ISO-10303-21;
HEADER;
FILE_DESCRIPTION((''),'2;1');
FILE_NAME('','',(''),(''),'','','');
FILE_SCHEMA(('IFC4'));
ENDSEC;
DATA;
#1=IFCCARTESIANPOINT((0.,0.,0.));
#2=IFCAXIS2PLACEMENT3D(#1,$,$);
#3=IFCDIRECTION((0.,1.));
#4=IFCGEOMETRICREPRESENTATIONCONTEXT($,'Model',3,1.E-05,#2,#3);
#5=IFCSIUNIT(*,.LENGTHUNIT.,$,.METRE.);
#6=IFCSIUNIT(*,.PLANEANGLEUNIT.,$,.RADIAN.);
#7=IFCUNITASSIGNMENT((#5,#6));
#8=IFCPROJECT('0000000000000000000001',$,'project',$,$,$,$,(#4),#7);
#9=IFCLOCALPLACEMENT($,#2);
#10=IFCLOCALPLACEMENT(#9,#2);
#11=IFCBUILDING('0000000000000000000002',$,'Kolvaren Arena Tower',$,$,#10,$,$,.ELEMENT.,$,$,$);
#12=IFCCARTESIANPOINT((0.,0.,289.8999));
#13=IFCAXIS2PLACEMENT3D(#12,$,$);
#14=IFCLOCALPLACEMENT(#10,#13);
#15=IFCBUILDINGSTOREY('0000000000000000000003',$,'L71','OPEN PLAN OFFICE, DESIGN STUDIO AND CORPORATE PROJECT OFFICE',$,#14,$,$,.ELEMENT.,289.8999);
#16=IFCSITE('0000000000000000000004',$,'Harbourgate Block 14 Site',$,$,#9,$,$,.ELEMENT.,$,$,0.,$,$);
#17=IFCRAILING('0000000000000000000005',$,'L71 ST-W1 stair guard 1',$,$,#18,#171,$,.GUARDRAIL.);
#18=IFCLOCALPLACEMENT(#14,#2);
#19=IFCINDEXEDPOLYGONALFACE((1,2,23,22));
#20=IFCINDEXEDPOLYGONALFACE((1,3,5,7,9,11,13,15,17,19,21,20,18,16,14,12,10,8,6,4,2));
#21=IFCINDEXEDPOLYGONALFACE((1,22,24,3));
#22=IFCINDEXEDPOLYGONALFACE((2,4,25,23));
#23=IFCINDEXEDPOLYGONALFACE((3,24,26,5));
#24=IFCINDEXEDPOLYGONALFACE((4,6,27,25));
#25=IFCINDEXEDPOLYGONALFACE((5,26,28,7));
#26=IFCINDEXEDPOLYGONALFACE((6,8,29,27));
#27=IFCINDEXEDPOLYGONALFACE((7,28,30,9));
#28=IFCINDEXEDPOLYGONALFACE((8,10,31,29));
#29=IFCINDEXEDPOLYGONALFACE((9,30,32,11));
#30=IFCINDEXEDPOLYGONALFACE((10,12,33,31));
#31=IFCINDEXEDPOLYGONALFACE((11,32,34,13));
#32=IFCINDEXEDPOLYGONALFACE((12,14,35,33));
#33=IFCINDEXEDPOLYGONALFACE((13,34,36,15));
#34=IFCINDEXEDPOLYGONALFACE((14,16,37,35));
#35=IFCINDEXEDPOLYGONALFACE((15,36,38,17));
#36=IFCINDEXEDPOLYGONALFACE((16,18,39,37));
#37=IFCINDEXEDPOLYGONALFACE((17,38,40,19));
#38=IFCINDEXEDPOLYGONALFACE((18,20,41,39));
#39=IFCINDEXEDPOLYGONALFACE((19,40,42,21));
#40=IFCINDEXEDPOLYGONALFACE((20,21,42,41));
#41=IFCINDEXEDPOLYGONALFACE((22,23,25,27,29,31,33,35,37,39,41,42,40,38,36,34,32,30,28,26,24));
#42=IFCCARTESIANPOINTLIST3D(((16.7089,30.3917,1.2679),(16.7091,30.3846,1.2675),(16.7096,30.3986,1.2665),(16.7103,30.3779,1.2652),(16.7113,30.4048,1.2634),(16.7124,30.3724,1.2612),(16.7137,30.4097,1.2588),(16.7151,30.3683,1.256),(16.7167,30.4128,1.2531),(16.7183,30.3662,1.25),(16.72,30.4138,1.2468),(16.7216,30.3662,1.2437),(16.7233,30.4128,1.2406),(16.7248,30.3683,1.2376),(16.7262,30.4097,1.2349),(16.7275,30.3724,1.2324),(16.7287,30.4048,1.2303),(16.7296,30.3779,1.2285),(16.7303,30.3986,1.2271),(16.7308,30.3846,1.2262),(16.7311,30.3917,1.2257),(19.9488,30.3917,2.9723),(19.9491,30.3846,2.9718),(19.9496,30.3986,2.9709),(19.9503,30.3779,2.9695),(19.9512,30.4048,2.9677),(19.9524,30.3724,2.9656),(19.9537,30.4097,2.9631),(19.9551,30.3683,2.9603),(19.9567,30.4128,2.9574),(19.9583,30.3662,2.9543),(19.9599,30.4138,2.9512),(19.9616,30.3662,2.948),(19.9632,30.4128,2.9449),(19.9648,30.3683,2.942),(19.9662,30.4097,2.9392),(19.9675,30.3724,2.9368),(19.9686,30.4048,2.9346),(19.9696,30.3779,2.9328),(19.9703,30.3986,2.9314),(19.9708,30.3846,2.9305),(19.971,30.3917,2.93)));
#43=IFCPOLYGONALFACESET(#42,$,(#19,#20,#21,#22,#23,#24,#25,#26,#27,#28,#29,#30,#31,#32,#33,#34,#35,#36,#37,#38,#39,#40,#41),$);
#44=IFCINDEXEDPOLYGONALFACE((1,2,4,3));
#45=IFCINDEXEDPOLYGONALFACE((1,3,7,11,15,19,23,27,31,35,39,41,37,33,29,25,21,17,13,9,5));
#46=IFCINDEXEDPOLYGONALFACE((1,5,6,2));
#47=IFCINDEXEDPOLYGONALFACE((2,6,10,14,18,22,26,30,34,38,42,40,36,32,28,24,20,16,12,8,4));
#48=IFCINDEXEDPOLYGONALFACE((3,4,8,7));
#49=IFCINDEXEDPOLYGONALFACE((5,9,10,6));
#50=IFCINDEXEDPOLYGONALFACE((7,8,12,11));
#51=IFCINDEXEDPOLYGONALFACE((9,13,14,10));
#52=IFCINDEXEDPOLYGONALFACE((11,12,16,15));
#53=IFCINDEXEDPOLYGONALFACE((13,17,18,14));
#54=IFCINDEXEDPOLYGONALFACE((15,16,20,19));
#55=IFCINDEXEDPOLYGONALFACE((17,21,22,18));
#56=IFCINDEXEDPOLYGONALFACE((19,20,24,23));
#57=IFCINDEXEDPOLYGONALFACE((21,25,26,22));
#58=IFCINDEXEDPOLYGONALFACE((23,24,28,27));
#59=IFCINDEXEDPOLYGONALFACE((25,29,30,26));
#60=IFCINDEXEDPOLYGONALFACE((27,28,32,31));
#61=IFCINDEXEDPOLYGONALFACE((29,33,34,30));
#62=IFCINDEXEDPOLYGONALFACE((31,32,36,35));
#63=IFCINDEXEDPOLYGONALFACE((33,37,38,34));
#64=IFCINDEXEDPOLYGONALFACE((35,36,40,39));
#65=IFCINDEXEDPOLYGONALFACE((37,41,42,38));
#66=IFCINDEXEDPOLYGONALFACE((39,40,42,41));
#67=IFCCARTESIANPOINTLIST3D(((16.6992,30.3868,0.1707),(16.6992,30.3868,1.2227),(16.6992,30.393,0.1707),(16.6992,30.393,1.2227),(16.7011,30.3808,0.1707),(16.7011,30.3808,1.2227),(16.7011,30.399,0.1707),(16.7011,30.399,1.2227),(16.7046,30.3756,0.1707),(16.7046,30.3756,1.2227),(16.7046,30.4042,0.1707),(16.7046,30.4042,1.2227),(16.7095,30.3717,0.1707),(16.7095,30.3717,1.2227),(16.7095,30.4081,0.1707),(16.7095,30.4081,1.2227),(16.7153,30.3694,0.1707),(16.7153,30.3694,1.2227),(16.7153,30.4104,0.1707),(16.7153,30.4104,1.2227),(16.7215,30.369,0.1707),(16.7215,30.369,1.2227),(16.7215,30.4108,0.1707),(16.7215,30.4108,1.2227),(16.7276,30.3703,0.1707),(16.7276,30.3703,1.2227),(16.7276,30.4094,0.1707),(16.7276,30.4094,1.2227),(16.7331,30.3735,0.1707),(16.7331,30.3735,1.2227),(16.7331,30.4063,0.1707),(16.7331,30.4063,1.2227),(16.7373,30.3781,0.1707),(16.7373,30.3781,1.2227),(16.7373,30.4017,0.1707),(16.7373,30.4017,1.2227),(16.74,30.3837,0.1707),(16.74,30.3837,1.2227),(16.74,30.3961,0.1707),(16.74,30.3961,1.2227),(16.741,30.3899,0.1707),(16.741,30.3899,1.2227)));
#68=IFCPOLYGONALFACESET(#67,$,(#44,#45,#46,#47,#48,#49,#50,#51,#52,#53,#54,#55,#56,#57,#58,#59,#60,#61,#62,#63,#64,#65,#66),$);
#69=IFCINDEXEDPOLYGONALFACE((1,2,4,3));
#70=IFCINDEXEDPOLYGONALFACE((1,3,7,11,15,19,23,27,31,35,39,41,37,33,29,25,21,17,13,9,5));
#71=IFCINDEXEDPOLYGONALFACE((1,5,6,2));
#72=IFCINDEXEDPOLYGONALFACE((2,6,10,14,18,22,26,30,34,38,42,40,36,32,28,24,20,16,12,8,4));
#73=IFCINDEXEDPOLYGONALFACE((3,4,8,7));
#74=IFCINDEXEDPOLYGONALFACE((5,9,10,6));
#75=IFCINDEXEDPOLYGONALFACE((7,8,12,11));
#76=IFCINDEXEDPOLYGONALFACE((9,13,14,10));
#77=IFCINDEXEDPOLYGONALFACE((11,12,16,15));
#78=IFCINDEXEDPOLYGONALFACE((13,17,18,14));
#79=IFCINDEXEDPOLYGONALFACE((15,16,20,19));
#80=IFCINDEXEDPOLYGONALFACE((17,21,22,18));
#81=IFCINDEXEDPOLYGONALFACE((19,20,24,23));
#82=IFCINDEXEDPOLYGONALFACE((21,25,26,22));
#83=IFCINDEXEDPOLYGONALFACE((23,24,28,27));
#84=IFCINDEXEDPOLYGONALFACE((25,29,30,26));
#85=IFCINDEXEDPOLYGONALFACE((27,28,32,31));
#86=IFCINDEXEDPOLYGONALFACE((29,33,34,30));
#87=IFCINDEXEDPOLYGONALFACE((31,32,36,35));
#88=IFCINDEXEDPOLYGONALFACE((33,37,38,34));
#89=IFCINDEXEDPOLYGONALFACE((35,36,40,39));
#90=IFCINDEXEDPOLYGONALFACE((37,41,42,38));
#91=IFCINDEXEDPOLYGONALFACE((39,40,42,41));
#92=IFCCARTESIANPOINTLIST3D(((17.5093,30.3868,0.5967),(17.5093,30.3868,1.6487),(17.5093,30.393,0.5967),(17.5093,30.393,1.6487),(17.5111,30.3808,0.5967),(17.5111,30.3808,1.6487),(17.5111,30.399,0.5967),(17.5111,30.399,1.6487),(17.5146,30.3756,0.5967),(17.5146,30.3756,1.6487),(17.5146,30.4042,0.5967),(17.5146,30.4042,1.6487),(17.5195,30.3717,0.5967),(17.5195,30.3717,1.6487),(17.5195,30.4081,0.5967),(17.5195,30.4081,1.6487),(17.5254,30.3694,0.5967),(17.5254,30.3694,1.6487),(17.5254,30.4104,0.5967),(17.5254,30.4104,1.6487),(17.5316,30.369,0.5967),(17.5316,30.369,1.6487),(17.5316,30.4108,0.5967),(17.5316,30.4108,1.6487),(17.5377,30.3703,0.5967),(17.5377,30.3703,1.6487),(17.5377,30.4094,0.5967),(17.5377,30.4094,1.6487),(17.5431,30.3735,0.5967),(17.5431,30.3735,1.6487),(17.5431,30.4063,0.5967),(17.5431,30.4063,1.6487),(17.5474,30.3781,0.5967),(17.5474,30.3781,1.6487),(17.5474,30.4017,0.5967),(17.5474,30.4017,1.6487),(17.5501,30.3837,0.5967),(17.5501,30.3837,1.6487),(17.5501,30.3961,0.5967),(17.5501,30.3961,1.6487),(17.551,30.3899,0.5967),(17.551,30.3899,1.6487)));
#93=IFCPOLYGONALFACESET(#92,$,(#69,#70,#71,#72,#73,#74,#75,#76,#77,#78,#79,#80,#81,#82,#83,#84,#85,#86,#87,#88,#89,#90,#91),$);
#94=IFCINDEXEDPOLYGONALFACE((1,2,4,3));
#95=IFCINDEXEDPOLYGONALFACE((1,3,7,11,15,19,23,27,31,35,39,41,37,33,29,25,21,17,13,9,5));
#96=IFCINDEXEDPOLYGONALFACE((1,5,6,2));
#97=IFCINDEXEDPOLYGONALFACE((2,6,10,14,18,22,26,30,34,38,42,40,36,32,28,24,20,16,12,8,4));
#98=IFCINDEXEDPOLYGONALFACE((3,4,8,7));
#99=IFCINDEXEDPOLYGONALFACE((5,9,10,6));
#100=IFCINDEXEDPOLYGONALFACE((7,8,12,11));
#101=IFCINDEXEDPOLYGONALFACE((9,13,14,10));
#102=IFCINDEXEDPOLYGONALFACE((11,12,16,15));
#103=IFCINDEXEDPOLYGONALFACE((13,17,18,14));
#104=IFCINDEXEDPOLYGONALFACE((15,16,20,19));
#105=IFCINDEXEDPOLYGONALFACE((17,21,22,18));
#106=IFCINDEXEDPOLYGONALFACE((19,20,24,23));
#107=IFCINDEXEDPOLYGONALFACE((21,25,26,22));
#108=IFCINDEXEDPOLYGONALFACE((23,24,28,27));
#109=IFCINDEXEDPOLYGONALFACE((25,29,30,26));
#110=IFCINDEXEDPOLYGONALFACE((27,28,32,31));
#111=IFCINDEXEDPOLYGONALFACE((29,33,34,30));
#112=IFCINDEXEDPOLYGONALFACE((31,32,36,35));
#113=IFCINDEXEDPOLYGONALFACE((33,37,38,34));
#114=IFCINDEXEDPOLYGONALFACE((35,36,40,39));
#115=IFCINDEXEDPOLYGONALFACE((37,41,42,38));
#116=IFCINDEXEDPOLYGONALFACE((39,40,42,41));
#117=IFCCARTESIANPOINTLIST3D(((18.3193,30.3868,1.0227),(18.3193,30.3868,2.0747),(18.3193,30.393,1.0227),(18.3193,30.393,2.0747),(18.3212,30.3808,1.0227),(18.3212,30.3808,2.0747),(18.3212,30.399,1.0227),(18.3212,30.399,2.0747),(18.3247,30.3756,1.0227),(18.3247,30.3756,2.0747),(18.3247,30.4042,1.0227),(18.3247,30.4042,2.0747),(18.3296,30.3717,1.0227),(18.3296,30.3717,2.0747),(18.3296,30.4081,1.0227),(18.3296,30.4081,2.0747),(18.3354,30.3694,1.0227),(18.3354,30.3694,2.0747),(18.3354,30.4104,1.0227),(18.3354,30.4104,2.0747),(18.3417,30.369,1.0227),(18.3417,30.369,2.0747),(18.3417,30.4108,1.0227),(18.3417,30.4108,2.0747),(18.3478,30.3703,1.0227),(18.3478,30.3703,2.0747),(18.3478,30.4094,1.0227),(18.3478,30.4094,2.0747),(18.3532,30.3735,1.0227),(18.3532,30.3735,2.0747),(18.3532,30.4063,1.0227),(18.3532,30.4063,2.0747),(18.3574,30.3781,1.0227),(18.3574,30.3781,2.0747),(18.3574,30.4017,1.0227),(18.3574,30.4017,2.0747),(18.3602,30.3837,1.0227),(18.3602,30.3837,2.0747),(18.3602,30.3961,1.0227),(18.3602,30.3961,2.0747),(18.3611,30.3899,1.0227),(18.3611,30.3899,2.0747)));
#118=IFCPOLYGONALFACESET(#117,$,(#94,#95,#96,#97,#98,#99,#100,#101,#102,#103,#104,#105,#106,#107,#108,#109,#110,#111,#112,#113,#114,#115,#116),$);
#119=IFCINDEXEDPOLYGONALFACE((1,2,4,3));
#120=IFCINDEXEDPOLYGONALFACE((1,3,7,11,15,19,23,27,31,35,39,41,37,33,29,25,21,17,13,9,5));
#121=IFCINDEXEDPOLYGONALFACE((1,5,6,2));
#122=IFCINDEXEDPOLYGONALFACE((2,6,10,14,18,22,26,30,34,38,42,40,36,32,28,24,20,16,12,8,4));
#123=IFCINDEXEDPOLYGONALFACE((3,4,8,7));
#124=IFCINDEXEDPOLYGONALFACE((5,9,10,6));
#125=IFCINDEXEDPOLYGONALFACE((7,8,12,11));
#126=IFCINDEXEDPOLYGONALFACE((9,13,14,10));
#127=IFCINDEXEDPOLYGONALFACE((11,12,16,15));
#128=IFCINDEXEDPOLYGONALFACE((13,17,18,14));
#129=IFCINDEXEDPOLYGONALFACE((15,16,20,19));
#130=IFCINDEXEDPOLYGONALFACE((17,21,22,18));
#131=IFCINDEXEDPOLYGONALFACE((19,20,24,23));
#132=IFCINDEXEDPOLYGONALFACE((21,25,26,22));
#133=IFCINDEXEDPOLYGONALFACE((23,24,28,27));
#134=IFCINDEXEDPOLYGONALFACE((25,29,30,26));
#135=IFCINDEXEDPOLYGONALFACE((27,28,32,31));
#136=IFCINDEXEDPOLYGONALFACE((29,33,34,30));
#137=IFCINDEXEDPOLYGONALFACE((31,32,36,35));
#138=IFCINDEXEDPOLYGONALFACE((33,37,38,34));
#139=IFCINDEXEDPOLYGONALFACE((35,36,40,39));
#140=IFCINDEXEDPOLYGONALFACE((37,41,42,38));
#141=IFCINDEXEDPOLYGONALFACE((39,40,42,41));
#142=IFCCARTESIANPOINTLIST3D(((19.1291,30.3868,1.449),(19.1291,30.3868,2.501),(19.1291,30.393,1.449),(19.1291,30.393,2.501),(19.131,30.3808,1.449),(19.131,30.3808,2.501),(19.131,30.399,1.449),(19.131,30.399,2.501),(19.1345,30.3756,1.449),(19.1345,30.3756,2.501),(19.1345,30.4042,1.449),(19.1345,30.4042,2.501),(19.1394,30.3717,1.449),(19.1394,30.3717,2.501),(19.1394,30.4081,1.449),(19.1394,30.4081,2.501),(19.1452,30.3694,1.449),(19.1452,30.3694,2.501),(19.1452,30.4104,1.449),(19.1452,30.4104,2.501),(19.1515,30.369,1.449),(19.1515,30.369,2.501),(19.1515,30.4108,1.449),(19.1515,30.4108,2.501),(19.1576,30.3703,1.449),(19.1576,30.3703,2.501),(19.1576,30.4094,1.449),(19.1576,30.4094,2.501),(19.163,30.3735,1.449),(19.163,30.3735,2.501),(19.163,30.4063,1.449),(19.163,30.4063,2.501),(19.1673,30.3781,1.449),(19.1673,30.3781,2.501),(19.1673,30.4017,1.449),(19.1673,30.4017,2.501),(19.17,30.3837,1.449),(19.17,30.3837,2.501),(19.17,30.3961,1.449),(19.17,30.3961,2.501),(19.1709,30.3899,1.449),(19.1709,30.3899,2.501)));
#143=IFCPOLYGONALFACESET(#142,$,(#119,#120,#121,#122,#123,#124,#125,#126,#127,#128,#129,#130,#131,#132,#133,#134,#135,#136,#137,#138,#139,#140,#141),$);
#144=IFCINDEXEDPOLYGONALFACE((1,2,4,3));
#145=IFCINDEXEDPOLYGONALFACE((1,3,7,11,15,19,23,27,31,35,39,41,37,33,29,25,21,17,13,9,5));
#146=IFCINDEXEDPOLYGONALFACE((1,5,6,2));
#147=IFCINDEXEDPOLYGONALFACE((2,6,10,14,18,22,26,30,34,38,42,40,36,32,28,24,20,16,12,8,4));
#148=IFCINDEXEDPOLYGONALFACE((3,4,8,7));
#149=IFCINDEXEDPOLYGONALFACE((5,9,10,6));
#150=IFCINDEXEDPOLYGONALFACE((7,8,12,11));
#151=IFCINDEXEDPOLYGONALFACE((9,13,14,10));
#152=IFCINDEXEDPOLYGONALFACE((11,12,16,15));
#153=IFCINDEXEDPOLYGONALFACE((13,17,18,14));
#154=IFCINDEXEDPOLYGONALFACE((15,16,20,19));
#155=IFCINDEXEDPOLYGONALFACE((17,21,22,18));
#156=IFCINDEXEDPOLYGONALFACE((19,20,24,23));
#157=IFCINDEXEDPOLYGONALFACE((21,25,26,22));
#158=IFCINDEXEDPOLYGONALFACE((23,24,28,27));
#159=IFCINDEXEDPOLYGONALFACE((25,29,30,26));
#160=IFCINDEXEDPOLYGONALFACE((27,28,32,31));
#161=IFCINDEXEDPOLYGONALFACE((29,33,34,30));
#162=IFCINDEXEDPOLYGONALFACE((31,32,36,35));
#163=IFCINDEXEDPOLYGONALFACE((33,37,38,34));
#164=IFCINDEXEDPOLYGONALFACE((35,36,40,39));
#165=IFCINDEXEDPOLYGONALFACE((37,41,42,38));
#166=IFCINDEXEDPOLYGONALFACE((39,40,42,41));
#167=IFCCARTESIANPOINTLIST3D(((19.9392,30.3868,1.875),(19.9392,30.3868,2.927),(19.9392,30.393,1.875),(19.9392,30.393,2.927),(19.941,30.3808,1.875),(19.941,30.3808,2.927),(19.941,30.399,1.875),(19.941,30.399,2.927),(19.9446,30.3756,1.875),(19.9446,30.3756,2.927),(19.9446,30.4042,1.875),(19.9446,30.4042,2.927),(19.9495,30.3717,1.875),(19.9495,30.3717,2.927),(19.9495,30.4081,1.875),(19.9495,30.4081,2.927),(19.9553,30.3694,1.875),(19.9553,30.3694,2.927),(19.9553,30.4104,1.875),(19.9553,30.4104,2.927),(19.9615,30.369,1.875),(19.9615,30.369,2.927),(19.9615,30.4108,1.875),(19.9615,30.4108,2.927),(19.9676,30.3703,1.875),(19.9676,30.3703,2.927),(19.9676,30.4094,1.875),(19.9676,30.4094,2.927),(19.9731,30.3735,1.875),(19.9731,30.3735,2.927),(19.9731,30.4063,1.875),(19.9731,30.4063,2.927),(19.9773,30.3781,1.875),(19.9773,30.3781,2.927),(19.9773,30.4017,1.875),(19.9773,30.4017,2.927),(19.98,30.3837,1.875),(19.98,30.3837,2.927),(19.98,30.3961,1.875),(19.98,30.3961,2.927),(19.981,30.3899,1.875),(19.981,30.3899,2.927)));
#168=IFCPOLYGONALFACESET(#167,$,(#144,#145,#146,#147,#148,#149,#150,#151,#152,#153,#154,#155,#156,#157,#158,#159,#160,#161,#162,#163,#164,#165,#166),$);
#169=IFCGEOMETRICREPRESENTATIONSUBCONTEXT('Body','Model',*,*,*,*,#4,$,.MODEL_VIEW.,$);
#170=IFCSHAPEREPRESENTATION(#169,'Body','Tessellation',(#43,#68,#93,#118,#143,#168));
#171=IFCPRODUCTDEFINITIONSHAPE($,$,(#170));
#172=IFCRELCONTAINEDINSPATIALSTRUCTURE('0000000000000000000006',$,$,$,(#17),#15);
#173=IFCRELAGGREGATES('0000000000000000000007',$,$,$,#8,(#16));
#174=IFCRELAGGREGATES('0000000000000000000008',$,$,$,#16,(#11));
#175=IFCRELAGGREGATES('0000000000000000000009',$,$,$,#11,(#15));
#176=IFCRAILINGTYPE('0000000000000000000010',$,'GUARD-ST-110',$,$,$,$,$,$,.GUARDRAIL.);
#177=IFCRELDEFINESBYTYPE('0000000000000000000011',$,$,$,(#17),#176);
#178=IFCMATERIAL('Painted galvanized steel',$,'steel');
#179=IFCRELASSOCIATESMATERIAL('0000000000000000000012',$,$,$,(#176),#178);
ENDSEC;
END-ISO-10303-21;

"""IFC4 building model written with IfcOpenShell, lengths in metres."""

from ifc_helpers import new_model, si_unit, direction, frame, origin, origin_2d, place, context, subcontext, project, spatial, circle, extrude, material, type_object, element, save


model = new_model("IFC4")

# Units and contexts
model_context = context("Model", 3, precision=1e-05, world=origin(), true_north=direction((0.0, 1.0)))
body_context = subcontext(model_context, "Body", "Model", "MODEL_VIEW")
ifc_project = project(units=[si_unit("LENGTHUNIT", "METRE"), si_unit("PLANEANGLEUNIT", "RADIAN")], contexts=[model_context])

# Site, building, storey
site_placement = place(None, origin())
site = spatial("IfcSite", under=ifc_project, at=site_placement, Name="Harbourgate Block 14 Site", CompositionType="ELEMENT", RefElevation=0.0)
building_placement = place(site_placement, origin())
building = spatial("IfcBuilding", under=site, at=building_placement, Name="Kolvaren Arena Tower", CompositionType="ELEMENT")
storey_placement = place(building_placement, frame((0.0, 0.0, 289.8999)))
storey = spatial("IfcBuildingStorey", under=building, at=storey_placement, Name="L71", Description="OPEN PLAN OFFICE, DESIGN STUDIO AND CORPORATE PROJECT OFFICE", CompositionType="ELEMENT", Elevation=289.8999)

# Railing
ifc_material_1 = material(Name="Painted galvanized steel", Category="steel")
railing_type_1 = type_object("IfcRailingType", Name="GUARD-ST-110", PredefinedType="GUARDRAIL", material=ifc_material_1)
railing_1_placement = place(storey_placement, frame((16.72, 30.3899, 0.1707)))
element("IfcRailing", 1, at=railing_1_placement, inside=storey, type_object=railing_type_1, Name="L71 ST-W1 stair guard 1", PredefinedType="GUARDRAIL", context=body_context, shape_type="SweptSolid", body=[
    extrude(circle(Radius=0.0239, at=origin_2d()), frame((0.0, 0.0, 1.0762), z_axis=(0.885021, 0.0, 0.465551), x_axis=(0.0, 1.0, 0.0)), (0.0, 0.0, 1.0), 3.6609),
    extrude(circle(Radius=0.021, at=origin_2d()), origin(), (0.0, 0.0, 1.0), 1.052),
    extrude(circle(Radius=0.021, at=origin_2d()), frame((0.8101, 0.0, 0.426)), (0.0, 0.0, 1.0), 1.052),
    extrude(circle(Radius=0.021, at=origin_2d()), frame((1.6201, 0.0, 0.8521)), (0.0, 0.0, 1.0), 1.052),
    extrude(circle(Radius=0.021, at=origin_2d()), frame((2.4299, 0.0, 1.2783)), (0.0, 0.0, 1.0), 1.052),
    extrude(circle(Radius=0.021, at=origin_2d()), frame((3.24, 0.0, 1.7043)), (0.0, 0.0, 1.0), 1.052),
])

save(model, "model.ifc")
